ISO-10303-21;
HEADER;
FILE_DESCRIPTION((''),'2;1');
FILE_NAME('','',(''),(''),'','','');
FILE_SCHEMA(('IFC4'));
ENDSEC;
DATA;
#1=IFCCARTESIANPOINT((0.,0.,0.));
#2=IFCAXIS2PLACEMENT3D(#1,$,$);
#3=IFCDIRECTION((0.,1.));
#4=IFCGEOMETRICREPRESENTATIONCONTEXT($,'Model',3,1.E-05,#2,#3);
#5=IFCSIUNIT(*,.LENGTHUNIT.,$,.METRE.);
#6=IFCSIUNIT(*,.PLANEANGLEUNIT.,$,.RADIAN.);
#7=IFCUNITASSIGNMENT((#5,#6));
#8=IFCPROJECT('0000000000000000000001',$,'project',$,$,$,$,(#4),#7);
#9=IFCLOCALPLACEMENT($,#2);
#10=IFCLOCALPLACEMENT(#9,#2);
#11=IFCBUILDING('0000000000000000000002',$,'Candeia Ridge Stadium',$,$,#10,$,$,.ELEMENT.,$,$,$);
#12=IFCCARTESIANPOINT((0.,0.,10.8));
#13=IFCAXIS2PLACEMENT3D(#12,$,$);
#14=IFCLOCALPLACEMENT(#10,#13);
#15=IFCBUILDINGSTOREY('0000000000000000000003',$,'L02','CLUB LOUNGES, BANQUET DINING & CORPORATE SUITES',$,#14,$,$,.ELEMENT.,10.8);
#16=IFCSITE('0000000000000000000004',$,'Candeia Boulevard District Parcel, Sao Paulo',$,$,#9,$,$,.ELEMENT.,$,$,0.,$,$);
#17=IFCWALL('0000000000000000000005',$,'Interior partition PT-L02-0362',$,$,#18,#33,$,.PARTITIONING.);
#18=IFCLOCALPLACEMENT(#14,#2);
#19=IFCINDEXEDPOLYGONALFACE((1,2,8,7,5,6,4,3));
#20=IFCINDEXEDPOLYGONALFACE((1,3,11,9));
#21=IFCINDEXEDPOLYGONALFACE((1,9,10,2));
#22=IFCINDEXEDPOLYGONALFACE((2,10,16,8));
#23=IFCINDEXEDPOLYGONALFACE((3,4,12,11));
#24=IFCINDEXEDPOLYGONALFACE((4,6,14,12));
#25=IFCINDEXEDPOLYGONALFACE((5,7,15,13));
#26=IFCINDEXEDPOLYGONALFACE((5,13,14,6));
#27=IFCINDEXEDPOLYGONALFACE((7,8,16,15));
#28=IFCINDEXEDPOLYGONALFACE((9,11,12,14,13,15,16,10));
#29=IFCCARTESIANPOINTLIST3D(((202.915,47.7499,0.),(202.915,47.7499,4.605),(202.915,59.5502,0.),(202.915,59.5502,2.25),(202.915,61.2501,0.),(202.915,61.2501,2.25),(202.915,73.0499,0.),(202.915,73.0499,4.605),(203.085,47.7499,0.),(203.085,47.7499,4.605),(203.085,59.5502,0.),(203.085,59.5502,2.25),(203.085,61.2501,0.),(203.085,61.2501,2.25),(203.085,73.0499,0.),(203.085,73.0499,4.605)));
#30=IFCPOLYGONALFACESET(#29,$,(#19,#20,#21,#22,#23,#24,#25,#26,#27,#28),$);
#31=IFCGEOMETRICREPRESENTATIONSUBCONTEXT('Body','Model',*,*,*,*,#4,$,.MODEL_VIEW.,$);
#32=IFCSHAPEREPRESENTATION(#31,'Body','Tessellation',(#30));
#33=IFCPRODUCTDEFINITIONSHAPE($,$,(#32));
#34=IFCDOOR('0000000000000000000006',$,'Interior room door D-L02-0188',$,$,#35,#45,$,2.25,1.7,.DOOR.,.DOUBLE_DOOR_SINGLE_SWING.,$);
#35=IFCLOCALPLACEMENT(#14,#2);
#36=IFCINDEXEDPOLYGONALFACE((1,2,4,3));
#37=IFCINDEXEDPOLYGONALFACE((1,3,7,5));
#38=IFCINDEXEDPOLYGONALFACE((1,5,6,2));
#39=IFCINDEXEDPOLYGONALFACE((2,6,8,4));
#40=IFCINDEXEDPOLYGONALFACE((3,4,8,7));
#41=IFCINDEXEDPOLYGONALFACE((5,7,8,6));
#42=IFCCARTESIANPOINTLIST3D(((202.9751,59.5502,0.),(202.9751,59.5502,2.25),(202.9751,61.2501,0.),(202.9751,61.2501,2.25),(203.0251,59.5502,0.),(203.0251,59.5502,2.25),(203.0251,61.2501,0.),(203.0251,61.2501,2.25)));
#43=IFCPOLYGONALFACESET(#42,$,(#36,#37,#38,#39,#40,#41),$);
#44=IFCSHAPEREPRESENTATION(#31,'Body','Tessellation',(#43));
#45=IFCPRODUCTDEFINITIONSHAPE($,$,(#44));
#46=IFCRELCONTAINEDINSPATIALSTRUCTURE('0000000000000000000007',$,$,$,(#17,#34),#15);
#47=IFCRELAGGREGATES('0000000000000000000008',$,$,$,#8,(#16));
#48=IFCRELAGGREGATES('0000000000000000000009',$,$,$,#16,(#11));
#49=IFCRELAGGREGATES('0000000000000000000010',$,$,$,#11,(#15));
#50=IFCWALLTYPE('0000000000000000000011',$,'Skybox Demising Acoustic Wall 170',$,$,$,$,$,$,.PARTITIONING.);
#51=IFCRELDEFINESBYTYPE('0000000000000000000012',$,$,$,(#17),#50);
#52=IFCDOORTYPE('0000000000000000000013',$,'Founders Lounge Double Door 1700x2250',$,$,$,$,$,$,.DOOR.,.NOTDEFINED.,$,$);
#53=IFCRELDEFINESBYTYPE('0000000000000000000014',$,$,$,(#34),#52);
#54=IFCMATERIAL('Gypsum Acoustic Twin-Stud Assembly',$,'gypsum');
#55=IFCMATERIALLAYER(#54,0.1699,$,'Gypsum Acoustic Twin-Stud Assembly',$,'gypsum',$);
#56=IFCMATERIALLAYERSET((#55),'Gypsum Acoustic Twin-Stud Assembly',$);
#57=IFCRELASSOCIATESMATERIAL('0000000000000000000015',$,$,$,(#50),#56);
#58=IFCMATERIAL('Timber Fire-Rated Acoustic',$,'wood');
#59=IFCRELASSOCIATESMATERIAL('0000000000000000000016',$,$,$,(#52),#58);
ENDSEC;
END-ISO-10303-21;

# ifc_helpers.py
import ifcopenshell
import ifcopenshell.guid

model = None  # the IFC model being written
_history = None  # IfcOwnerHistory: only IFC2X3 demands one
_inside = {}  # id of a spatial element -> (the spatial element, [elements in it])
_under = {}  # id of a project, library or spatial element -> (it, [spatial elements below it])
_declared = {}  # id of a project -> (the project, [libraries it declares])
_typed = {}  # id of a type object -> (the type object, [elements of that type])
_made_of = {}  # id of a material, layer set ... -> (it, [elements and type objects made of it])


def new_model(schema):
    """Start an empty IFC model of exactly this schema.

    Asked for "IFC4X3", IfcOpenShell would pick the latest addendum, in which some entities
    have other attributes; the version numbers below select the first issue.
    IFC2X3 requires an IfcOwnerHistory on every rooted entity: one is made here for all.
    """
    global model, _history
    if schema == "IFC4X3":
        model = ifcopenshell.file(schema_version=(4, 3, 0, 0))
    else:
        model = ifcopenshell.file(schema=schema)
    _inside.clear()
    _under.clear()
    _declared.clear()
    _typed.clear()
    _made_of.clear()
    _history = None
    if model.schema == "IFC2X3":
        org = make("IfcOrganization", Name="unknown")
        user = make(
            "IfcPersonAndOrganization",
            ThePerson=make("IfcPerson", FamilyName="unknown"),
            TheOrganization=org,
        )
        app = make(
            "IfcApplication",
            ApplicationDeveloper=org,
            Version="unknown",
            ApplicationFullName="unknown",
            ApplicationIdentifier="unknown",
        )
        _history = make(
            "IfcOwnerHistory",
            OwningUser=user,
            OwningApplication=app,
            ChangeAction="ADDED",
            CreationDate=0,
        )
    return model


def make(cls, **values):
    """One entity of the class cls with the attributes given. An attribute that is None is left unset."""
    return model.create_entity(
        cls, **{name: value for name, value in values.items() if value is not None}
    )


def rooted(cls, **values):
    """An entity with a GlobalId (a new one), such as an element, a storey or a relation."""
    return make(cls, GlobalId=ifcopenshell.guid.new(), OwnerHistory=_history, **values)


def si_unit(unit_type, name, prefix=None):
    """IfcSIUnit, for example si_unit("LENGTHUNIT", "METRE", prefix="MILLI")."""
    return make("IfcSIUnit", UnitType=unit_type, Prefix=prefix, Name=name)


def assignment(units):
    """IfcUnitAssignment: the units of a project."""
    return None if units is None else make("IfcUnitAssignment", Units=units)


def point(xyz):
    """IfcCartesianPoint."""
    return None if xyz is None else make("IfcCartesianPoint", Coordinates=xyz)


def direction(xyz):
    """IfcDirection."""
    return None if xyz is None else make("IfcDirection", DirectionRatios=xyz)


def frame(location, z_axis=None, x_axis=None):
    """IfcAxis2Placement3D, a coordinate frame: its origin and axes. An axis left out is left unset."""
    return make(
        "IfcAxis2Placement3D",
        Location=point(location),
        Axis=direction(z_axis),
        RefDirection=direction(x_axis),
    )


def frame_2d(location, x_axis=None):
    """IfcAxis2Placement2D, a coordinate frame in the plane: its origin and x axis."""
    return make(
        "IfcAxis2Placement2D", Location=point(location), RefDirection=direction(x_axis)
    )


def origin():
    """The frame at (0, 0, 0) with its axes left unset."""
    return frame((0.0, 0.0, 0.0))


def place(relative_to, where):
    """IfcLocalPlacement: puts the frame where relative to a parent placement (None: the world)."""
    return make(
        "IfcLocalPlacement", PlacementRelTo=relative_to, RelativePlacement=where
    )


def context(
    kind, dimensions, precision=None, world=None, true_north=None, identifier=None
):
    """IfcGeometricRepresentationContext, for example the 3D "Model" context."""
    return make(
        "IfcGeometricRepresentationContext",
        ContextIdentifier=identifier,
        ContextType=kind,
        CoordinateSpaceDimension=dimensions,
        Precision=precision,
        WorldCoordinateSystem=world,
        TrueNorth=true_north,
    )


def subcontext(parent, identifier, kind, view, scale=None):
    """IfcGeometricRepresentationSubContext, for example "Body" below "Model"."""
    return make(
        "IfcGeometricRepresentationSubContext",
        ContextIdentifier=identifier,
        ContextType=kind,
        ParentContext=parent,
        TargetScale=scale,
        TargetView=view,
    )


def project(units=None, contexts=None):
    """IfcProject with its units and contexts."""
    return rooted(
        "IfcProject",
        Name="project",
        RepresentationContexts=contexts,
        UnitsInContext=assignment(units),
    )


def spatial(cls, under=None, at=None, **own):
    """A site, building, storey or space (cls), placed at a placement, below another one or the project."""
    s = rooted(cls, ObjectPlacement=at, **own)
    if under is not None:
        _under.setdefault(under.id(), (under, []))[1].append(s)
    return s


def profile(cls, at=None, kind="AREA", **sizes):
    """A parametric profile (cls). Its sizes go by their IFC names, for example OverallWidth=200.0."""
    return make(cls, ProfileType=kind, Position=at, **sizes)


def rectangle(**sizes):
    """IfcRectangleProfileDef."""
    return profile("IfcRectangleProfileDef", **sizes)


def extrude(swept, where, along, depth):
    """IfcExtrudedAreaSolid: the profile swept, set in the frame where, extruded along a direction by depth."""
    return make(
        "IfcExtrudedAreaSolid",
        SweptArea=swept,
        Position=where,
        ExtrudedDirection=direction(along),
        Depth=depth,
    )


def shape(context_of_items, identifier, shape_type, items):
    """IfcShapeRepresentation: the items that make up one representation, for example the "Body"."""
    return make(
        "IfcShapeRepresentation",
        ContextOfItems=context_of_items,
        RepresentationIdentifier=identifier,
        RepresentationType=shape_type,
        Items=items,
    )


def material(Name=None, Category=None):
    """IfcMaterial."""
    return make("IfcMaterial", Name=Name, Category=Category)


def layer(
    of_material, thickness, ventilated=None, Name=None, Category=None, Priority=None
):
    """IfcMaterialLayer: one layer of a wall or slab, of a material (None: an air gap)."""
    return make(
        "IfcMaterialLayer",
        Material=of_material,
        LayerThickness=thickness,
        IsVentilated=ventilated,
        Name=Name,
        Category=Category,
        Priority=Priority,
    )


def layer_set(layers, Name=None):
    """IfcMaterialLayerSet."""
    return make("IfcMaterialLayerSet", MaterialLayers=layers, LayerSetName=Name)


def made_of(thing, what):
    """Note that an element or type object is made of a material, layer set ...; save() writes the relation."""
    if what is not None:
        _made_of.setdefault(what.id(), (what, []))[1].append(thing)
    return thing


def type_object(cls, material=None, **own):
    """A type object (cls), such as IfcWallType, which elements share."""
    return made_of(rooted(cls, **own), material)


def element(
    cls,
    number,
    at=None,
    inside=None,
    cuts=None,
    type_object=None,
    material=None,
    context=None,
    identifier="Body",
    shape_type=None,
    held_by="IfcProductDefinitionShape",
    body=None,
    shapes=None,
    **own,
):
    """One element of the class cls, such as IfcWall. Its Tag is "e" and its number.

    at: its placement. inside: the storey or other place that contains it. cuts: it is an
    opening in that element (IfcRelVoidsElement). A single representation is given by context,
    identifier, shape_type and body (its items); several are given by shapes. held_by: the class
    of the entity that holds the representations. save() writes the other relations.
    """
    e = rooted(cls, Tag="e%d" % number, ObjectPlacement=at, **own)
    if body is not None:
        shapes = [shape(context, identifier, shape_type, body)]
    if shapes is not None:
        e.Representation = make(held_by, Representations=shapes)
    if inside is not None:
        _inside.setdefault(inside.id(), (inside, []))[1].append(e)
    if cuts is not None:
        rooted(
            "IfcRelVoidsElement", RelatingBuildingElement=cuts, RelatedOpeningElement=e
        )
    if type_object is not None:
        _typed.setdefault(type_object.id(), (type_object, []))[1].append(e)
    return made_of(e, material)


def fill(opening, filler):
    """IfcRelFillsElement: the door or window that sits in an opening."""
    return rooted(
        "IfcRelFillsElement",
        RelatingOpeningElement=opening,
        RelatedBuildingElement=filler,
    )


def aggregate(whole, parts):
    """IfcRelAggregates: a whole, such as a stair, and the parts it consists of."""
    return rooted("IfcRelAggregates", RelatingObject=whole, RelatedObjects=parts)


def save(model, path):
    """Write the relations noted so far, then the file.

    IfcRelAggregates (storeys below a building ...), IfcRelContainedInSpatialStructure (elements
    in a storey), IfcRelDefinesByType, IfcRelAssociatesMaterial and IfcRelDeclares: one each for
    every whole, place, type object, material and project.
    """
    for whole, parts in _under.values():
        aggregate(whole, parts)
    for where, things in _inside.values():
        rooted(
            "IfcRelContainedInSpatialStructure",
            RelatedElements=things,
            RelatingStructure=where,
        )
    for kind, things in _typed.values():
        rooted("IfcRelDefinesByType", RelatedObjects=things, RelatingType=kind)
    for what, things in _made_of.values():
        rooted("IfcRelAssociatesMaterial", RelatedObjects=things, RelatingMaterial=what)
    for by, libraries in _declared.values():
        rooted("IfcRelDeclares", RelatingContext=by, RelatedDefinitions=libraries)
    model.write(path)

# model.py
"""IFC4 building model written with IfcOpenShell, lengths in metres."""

from ifc_helpers import new_model, si_unit, direction, frame, frame_2d, origin, place, context, subcontext, project, spatial, rectangle, extrude, material, layer, layer_set, type_object, element, fill, save


model = new_model("IFC4")

# Units and contexts
model_context = context("Model", 3, precision=1e-05, world=origin(), true_north=direction((0.0, 1.0)))
body_context = subcontext(model_context, "Body", "Model", "MODEL_VIEW")
ifc_project = project(units=[si_unit("LENGTHUNIT", "METRE"), si_unit("PLANEANGLEUNIT", "RADIAN")], contexts=[model_context])

# Site, building, storey
site_placement = place(None, origin())
site = spatial("IfcSite", under=ifc_project, at=site_placement, Name="Candeia Boulevard District Parcel, Sao Paulo", CompositionType="ELEMENT", RefElevation=0.0)
building_placement = place(site_placement, origin())
building = spatial("IfcBuilding", under=site, at=building_placement, Name="Candeia Ridge Stadium", CompositionType="ELEMENT")
storey_placement = place(building_placement, frame((0.0, 0.0, 10.8)))
storey = spatial("IfcBuildingStorey", under=building, at=storey_placement, Name="L02", Description="CLUB LOUNGES, BANQUET DINING & CORPORATE SUITES", CompositionType="ELEMENT", Elevation=10.8)

# Shared definitions
ifc_material_1 = material(Name="Gypsum Acoustic Twin-Stud Assembly", Category="gypsum")

# Wall, opening, door
ifc_layer_1 = layer(ifc_material_1, 0.1699, Name="Gypsum Acoustic Twin-Stud Assembly", Category="gypsum")
ifc_layer_set_1 = layer_set([ifc_layer_1], Name="Gypsum Acoustic Twin-Stud Assembly")
wall_type_1 = type_object("IfcWallType", Name="Skybox Demising Acoustic Wall 170", PredefinedType="PARTITIONING", material=ifc_layer_set_1)
wall_1_placement = place(storey_placement, frame((203.0, 47.75, 0.0), z_axis=(0.0, 0.0, 1.0), x_axis=(0.0, 1.0, 0.0)))
wall_1 = element("IfcWall", 1, at=wall_1_placement, inside=storey, type_object=wall_type_1, Name="Interior partition PT-L02-0362", PredefinedType="PARTITIONING", context=body_context, shape_type="SweptSolid", body=[
    extrude(rectangle(XDim=25.3, YDim=0.1699, at=frame_2d((12.6499, 0.0))), origin(), (0.0, 0.0, 1.0), 4.605),
])
opening_placement = place(wall_1_placement, frame((11.8, 0.0, 0.0)))
opening = element("IfcOpeningElement", 2, at=opening_placement, cuts=wall_1, PredefinedType="OPENING", context=body_context, shape_type="SweptSolid", body=[
    extrude(rectangle(XDim=1.7, YDim=2.25, at=frame_2d((0.8501, 1.125))), frame((0.0, 0.095, 0.0), z_axis=(0.0, -1.0, 0.0), x_axis=(1.0, 0.0, 0.0)), (0.0, 0.0, 1.0), 0.1899),
])
ifc_material_2 = material(Name="Timber Fire-Rated Acoustic", Category="wood")
door_type = type_object("IfcDoorType", Name="Founders Lounge Double Door 1700x2250", OperationType="NOTDEFINED", PredefinedType="DOOR", material=ifc_material_2)
door_placement = place(opening_placement, origin())
door = element("IfcDoor", 3, at=door_placement, inside=storey, type_object=door_type, Name="Interior room door D-L02-0188", OperationType="DOUBLE_DOOR_SINGLE_SWING", OverallHeight=2.25, OverallWidth=1.7, PredefinedType="DOOR", context=body_context, shape_type="SweptSolid", body=[
    extrude(rectangle(XDim=1.7, YDim=2.25, at=frame_2d((0.8501, 1.125))), frame((0.0, 0.0249, 0.0), z_axis=(0.0, -1.0, 0.0), x_axis=(1.0, 0.0, 0.0)), (0.0, 0.0, 1.0), 0.05),
])
fill(opening, door)

save(model, "model.ifc")
